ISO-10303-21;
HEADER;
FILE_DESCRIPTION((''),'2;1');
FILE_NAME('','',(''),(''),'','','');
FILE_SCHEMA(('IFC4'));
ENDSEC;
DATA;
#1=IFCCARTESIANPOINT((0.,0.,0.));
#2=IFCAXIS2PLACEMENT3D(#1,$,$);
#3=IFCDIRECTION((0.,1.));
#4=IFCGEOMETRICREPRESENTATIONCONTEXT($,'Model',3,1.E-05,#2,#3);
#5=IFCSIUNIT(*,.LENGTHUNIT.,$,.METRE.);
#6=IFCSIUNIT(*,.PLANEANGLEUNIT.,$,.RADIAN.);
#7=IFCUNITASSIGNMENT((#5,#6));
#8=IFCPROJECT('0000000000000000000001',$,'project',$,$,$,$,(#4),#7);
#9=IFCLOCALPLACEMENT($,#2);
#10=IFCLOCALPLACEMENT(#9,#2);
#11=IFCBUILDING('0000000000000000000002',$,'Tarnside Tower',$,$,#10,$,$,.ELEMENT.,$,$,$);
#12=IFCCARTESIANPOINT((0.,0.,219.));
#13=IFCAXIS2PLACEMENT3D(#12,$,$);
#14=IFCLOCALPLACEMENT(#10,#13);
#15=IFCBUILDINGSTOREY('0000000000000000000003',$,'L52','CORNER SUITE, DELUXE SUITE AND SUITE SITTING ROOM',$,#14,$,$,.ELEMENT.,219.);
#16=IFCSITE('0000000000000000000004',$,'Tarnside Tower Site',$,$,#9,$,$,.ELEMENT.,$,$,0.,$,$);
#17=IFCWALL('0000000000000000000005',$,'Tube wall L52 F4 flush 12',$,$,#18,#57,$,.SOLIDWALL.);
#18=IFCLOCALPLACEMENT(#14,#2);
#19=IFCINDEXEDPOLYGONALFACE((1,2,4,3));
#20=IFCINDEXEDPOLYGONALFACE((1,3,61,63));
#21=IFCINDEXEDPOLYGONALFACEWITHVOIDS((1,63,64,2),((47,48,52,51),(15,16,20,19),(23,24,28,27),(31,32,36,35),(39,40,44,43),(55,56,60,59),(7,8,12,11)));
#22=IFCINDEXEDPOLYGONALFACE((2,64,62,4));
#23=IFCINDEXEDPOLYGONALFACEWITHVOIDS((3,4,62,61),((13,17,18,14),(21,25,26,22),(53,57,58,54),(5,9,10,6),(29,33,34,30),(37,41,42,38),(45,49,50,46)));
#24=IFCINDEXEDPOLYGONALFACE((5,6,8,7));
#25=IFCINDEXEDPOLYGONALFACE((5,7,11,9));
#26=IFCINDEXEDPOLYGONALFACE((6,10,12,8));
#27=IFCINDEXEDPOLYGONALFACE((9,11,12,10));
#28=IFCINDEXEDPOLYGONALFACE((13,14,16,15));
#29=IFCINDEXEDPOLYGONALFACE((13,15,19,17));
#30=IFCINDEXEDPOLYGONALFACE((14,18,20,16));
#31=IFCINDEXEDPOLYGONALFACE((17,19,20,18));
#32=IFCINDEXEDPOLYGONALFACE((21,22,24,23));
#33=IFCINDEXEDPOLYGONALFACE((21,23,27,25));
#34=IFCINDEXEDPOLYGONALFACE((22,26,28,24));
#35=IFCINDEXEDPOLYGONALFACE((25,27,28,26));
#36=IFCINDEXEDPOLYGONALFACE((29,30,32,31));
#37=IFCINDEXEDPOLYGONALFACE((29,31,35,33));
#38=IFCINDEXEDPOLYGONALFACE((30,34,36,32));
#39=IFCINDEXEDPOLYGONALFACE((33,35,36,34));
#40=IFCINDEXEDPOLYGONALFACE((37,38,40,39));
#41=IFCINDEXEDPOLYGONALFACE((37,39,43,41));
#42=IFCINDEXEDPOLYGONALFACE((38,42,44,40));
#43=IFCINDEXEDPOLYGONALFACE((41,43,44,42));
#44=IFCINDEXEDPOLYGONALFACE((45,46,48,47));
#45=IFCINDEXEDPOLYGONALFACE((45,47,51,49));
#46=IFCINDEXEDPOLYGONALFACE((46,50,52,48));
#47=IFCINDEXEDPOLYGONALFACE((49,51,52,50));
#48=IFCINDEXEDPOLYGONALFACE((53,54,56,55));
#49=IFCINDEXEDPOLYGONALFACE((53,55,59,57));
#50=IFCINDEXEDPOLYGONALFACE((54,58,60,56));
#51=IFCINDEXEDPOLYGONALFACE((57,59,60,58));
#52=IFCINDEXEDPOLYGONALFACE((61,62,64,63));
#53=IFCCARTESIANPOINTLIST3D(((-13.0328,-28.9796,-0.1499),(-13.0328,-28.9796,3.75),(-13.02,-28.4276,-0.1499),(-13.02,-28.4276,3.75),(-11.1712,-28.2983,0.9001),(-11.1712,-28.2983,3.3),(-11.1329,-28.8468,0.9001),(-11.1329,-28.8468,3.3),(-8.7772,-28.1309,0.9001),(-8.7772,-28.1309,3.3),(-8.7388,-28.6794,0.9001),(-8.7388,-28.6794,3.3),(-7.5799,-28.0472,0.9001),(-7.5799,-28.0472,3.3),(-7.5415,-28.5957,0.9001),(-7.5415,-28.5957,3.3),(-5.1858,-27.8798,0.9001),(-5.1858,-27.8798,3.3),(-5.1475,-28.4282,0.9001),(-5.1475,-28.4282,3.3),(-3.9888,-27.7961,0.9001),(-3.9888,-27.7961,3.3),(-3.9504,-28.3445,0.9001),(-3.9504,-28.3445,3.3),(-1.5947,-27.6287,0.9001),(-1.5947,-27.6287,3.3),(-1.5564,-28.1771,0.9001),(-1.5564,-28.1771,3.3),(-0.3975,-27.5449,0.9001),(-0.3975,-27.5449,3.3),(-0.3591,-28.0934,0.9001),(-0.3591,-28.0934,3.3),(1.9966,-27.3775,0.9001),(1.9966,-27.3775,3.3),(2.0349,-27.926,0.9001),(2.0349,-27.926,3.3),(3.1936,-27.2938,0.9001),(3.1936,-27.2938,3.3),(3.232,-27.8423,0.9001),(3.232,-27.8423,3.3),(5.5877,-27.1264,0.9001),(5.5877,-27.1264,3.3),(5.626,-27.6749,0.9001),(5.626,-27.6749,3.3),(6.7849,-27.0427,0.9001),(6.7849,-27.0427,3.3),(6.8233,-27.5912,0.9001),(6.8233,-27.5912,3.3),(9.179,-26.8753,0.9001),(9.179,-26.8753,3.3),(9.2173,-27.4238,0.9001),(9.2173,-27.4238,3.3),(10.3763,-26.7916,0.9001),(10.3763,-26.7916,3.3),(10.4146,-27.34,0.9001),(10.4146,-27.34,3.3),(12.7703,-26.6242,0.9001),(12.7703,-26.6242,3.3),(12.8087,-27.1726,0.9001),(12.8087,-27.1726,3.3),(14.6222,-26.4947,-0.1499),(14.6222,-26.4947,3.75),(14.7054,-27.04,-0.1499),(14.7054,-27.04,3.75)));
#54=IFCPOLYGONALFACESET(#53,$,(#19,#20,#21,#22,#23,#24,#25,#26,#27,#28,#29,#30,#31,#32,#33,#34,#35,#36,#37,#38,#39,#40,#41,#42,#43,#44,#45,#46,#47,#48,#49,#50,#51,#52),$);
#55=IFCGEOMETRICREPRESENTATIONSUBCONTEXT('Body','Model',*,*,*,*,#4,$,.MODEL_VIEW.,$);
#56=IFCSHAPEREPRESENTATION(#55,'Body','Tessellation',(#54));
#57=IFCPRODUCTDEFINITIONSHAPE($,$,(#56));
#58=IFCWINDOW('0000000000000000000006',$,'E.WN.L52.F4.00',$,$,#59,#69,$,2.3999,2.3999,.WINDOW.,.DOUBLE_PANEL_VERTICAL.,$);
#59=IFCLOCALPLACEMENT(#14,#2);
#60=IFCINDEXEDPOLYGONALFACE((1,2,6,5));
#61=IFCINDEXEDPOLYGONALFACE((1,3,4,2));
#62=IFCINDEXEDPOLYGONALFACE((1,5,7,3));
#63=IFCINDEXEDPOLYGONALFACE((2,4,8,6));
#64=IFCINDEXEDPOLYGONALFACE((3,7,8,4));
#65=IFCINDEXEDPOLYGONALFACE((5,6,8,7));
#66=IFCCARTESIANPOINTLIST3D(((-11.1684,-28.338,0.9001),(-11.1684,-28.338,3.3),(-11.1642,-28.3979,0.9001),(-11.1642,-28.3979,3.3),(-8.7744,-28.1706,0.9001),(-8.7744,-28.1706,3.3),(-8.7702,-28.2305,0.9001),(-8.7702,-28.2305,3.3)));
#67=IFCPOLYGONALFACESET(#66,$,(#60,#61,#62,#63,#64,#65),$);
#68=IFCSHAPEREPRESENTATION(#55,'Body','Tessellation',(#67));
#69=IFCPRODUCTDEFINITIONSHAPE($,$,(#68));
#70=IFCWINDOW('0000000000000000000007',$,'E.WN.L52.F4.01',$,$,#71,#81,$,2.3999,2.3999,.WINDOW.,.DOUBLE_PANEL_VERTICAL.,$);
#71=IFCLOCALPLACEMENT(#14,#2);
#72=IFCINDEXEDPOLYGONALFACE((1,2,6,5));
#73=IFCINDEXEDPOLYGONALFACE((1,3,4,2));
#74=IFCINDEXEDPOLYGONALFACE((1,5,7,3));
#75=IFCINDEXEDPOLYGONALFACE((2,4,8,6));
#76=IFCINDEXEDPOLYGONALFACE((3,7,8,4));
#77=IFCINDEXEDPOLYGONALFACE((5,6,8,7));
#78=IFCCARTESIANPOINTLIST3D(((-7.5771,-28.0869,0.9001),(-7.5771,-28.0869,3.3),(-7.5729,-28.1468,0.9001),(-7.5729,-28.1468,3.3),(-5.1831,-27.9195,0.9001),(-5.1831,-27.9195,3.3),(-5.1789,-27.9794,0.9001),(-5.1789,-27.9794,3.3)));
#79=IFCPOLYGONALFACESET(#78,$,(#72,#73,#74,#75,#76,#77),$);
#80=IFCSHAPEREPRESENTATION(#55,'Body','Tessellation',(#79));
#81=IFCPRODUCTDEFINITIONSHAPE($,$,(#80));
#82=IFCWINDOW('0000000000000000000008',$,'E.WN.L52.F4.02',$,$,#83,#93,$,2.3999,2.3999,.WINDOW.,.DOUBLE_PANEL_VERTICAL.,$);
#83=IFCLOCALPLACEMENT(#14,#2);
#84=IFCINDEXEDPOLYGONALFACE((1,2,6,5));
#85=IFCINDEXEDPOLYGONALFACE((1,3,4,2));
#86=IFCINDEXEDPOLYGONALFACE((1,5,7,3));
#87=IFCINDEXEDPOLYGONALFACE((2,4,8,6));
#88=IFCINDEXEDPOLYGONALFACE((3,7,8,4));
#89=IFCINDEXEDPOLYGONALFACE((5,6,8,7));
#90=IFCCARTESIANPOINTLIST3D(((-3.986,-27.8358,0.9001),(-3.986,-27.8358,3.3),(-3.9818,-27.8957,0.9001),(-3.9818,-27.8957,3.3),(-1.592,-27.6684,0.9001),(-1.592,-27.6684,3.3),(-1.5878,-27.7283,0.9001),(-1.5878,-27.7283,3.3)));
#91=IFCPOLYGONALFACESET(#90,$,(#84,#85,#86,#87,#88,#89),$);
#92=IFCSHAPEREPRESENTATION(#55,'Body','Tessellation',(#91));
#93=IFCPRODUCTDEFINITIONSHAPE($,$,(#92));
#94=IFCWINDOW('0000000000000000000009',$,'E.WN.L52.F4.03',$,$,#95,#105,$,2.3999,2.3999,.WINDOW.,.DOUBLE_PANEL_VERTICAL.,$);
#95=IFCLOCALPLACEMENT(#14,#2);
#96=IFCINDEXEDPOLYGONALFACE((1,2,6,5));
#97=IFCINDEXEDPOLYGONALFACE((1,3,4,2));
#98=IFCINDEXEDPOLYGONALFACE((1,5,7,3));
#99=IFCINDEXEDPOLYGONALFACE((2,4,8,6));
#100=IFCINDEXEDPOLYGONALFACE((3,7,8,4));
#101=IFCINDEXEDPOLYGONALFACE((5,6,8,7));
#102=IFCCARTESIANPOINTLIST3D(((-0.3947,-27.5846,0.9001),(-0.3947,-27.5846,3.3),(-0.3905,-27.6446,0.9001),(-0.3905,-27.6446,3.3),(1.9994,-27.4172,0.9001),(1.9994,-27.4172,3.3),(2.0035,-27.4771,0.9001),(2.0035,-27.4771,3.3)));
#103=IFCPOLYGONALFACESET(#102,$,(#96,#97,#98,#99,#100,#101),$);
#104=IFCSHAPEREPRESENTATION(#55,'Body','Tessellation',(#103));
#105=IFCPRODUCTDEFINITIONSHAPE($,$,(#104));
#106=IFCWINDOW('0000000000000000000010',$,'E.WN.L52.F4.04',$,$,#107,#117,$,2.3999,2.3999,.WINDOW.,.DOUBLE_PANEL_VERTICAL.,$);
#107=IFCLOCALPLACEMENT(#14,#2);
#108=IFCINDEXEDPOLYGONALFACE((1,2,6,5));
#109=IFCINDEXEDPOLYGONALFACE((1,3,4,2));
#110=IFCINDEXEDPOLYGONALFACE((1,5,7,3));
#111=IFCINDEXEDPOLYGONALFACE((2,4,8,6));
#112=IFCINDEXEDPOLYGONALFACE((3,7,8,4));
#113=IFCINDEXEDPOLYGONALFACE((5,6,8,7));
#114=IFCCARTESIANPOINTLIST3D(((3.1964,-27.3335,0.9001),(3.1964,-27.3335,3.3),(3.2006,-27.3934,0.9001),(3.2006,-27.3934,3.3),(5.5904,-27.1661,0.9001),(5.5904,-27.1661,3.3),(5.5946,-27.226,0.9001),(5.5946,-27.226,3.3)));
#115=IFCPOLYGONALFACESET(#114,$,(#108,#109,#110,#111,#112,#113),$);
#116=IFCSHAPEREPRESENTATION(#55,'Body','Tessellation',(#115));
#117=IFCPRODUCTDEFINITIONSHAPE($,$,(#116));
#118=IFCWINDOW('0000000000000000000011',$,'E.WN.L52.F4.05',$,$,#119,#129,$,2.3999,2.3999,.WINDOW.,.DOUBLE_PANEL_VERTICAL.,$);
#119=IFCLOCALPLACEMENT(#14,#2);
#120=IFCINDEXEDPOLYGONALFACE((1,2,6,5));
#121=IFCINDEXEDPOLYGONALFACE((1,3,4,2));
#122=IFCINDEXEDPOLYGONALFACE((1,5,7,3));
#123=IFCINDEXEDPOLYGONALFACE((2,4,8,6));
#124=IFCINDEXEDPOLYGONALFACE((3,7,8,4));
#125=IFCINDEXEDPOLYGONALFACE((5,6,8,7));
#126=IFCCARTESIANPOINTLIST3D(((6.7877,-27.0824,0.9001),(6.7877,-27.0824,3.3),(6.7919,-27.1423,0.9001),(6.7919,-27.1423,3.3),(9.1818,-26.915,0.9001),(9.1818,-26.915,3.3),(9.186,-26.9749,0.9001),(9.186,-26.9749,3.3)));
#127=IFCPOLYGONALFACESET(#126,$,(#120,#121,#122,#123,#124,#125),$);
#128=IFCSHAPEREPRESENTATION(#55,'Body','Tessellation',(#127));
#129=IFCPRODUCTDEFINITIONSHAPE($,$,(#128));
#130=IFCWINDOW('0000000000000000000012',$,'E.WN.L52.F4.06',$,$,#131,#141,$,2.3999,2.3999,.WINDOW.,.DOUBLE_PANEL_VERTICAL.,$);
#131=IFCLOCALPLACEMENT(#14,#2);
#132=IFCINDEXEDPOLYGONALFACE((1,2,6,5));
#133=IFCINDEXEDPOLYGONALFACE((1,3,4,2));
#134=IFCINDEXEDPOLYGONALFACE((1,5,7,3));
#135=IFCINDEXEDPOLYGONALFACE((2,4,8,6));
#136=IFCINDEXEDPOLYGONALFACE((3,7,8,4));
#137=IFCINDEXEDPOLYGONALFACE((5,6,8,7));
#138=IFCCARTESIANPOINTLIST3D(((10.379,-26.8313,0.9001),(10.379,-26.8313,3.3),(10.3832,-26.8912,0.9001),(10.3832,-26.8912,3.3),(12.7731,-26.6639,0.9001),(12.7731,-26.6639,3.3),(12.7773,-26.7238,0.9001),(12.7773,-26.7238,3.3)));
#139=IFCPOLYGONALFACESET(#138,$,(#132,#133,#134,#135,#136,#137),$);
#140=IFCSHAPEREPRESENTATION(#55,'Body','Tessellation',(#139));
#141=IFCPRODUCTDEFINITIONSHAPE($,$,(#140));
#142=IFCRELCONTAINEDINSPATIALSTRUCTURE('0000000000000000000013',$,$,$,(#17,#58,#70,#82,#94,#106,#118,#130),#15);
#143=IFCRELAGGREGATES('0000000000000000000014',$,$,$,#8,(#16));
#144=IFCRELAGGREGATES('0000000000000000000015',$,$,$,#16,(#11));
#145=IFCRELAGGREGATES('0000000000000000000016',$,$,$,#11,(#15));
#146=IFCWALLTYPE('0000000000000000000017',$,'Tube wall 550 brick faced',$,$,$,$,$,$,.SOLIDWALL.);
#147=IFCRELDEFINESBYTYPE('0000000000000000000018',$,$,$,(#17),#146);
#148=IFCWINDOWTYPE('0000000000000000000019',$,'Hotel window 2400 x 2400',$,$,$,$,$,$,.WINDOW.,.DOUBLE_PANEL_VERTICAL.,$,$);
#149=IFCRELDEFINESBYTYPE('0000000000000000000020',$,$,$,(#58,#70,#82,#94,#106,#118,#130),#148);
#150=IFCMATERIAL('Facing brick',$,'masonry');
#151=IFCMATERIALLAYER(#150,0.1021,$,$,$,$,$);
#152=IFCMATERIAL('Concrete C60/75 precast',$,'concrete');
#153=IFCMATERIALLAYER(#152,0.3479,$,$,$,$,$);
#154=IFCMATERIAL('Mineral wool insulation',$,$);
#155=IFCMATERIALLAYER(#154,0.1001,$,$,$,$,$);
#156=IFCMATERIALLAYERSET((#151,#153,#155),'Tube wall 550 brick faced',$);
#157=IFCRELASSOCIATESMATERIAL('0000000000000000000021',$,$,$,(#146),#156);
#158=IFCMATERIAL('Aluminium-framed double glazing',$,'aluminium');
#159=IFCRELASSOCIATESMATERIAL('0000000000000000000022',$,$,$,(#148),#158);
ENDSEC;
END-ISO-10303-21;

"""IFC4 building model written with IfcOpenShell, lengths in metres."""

from ifc_helpers import new_model, si_unit, direction, frame, frame_2d, origin, place, context, subcontext, project, spatial, polyline, rectangle, outline, extrude, material, layer, layer_set, type_object, element, fill, save


model = new_model("IFC4")

# Units and contexts
model_context = context("Model", 3, precision=1e-05, world=origin(), true_north=direction((0.0, 1.0)))
body_context = subcontext(model_context, "Body", "Model", "MODEL_VIEW")
ifc_project = project(units=[si_unit("LENGTHUNIT", "METRE"), si_unit("PLANEANGLEUNIT", "RADIAN")], contexts=[model_context])

# Site, building, storey
site_placement = place(None, origin())
site = spatial("IfcSite", under=ifc_project, at=site_placement, Name="Tarnside Tower Site", CompositionType="ELEMENT", RefElevation=0.0)
building_placement = place(site_placement, origin())
building = spatial("IfcBuilding", under=site, at=building_placement, Name="Tarnside Tower", CompositionType="ELEMENT")
storey_placement = place(building_placement, frame((0.0, 0.0, 219.0)))
storey = spatial("IfcBuildingStorey", under=building, at=storey_placement, Name="L52", Description="CORNER SUITE, DELUXE SUITE AND SUITE SITTING ROOM", CompositionType="ELEMENT", Elevation=219.0)

# Shared definitions
ifc_material_1 = material(Name="Facing brick", Category="masonry")
ifc_layer_1 = layer(ifc_material_1, 0.1021)
ifc_material_2 = material(Name="Concrete C60/75 precast", Category="concrete")
ifc_layer_2 = layer(ifc_material_2, 0.3479)
ifc_material_3 = material(Name="Mineral wool insulation")
ifc_layer_3 = layer(ifc_material_3, 0.1001)
ifc_layer_set_1 = layer_set([ifc_layer_1, ifc_layer_2, ifc_layer_3], Name="Tube wall 550 brick faced")
wall_type_1 = type_object("IfcWallType", Name="Tube wall 550 brick faced", PredefinedType="SOLIDWALL", material=ifc_layer_set_1)

# Wall, openings, windows
wall_1_placement = place(storey_placement, frame((-13.0264, -28.7036, -0.1499), z_axis=(0.0, 0.0, 1.0), x_axis=(0.997564, 0.069756, 0.0)))
wall_1 = element("IfcWall", 1, at=wall_1_placement, inside=storey, type_object=wall_type_1, Name="Tube wall L52 F4 flush 12", PredefinedType="SOLIDWALL", context=body_context, shape_type="SweptSolid", body=[
    extrude(outline(polyline([(-0.0256, -0.2749), (27.7803, -0.2749), (27.7354, 0.2749), (0.0256, 0.2749), (-0.0256, -0.2749)])), origin(), (0.0, 0.0, 1.0), 3.8999),
])
opening_1_placement = place(wall_1_placement, frame((1.8789, 0.0, 1.05)))
opening_1 = element("IfcOpeningElement", 2, at=opening_1_placement, cuts=wall_1, PredefinedType="OPENING", context=body_context, shape_type="SweptSolid", body=[
    extrude(rectangle(XDim=2.3999, YDim=2.3999, at=frame_2d((1.2, 1.2))), frame((0.0, 0.2852, 0.0), z_axis=(0.0, -1.0, 0.0), x_axis=(1.0, 0.0, 0.0)), (0.0, 0.0, 1.0), 0.5701),
])
opening_2_placement = place(wall_1_placement, frame((5.479, 0.0, 1.05)))
opening_2 = element("IfcOpeningElement", 3, at=opening_2_placement, cuts=wall_1, PredefinedType="OPENING", context=body_context, shape_type="SweptSolid", body=[
    extrude(rectangle(XDim=2.3999, YDim=2.3999, at=frame_2d((1.2, 1.2))), frame((0.0, 0.2852, 0.0), z_axis=(0.0, -1.0, 0.0), x_axis=(1.0, 0.0, 0.0)), (0.0, 0.0, 1.0), 0.5701),
])
opening_3_placement = place(wall_1_placement, frame((9.0789, 0.0, 1.05)))
opening_3 = element("IfcOpeningElement", 4, at=opening_3_placement, cuts=wall_1, PredefinedType="OPENING", context=body_context, shape_type="SweptSolid", body=[
    extrude(rectangle(XDim=2.3999, YDim=2.3999, at=frame_2d((1.2, 1.2))), frame((0.0, 0.2852, 0.0), z_axis=(0.0, -1.0, 0.0), x_axis=(1.0, 0.0, 0.0)), (0.0, 0.0, 1.0), 0.5701),
])
opening_4_placement = place(wall_1_placement, frame((12.679, 0.0, 1.05)))
opening_4 = element("IfcOpeningElement", 5, at=opening_4_placement, cuts=wall_1, PredefinedType="OPENING", context=body_context, shape_type="SweptSolid", body=[
    extrude(rectangle(XDim=2.3999, YDim=2.3999, at=frame_2d((1.2, 1.2))), frame((0.0, 0.2852, 0.0), z_axis=(0.0, -1.0, 0.0), x_axis=(1.0, 0.0, 0.0)), (0.0, 0.0, 1.0), 0.5701),
])
opening_5_placement = place(wall_1_placement, frame((16.2788, 0.0, 1.05)))
opening_5 = element("IfcOpeningElement", 6, at=opening_5_placement, cuts=wall_1, PredefinedType="OPENING", context=body_context, shape_type="SweptSolid", body=[
    extrude(rectangle(XDim=2.3999, YDim=2.3999, at=frame_2d((1.2, 1.2))), frame((0.0, 0.2852, 0.0), z_axis=(0.0, -1.0, 0.0), x_axis=(1.0, 0.0, 0.0)), (0.0, 0.0, 1.0), 0.5701),
])
opening_6_placement = place(wall_1_placement, frame((19.8789, 0.0, 1.05)))
opening_6 = element("IfcOpeningElement", 7, at=opening_6_placement, cuts=wall_1, PredefinedType="OPENING", context=body_context, shape_type="SweptSolid", body=[
    extrude(rectangle(XDim=2.3999, YDim=2.3999, at=frame_2d((1.2, 1.2))), frame((0.0, 0.2852, 0.0), z_axis=(0.0, -1.0, 0.0), x_axis=(1.0, 0.0, 0.0)), (0.0, 0.0, 1.0), 0.5701),
])
opening_7_placement = place(wall_1_placement, frame((23.479, 0.0, 1.05)))
opening_7 = element("IfcOpeningElement", 8, at=opening_7_placement, cuts=wall_1, PredefinedType="OPENING", context=body_context, shape_type="SweptSolid", body=[
    extrude(rectangle(XDim=2.3999, YDim=2.3999, at=frame_2d((1.2, 1.2))), frame((0.0, 0.2852, 0.0), z_axis=(0.0, -1.0, 0.0), x_axis=(1.0, 0.0, 0.0)), (0.0, 0.0, 1.0), 0.5701),
])
ifc_material_4 = material(Name="Aluminium-framed double glazing", Category="aluminium")
window_type = type_object("IfcWindowType", Name="Hotel window 2400 x 2400", PartitioningType="DOUBLE_PANEL_VERTICAL", PredefinedType="WINDOW", material=ifc_material_4)
window_1_placement = place(opening_1_placement, frame((0.0, 0.2051, 0.0)))
window_1 = element("IfcWindow", 9, at=window_1_placement, inside=storey, type_object=window_type, Name="E.WN.L52.F4.00", OverallHeight=2.3999, OverallWidth=2.3999, PartitioningType="DOUBLE_PANEL_VERTICAL", PredefinedType="WINDOW", context=body_context, shape_type="SweptSolid", body=[
    extrude(rectangle(XDim=2.3999, YDim=2.3999, at=frame_2d((1.2, 1.2))), frame((0.0, 0.03, 0.0), z_axis=(0.0, -1.0, 0.0), x_axis=(1.0, 0.0, 0.0)), (0.0, 0.0, 1.0), 0.0601),
])
fill(opening_1, window_1)
window_2_placement = place(opening_2_placement, frame((0.0, 0.2051, 0.0)))
window_2 = element("IfcWindow", 10, at=window_2_placement, inside=storey, type_object=window_type, Name="E.WN.L52.F4.01", OverallHeight=2.3999, OverallWidth=2.3999, PartitioningType="DOUBLE_PANEL_VERTICAL", PredefinedType="WINDOW", context=body_context, shape_type="SweptSolid", body=[
    extrude(rectangle(XDim=2.3999, YDim=2.3999, at=frame_2d((1.2, 1.2))), frame((0.0, 0.03, 0.0), z_axis=(0.0, -1.0, 0.0), x_axis=(1.0, 0.0, 0.0)), (0.0, 0.0, 1.0), 0.0601),
])
fill(opening_2, window_2)
window_3_placement = place(opening_3_placement, frame((0.0, 0.2051, 0.0)))
window_3 = element("IfcWindow", 11, at=window_3_placement, inside=storey, type_object=window_type, Name="E.WN.L52.F4.02", OverallHeight=2.3999, OverallWidth=2.3999, PartitioningType="DOUBLE_PANEL_VERTICAL", PredefinedType="WINDOW", context=body_context, shape_type="SweptSolid", body=[
    extrude(rectangle(XDim=2.3999, YDim=2.3999, at=frame_2d((1.2, 1.2))), frame((0.0, 0.03, 0.0), z_axis=(0.0, -1.0, 0.0), x_axis=(1.0, 0.0, 0.0)), (0.0, 0.0, 1.0), 0.0601),
])
fill(opening_3, window_3)
window_4_placement = place(opening_4_placement, frame((0.0, 0.2051, 0.0)))
window_4 = element("IfcWindow", 12, at=window_4_placement, inside=storey, type_object=window_type, Name="E.WN.L52.F4.03", OverallHeight=2.3999, OverallWidth=2.3999, PartitioningType="DOUBLE_PANEL_VERTICAL", PredefinedType="WINDOW", context=body_context, shape_type="SweptSolid", body=[
    extrude(rectangle(XDim=2.3999, YDim=2.3999, at=frame_2d((1.2, 1.2))), frame((0.0, 0.03, 0.0), z_axis=(0.0, -1.0, 0.0), x_axis=(1.0, 0.0, 0.0)), (0.0, 0.0, 1.0), 0.0601),
])
fill(opening_4, window_4)
window_5_placement = place(opening_5_placement, frame((0.0, 0.2051, 0.0)))
window_5 = element("IfcWindow", 13, at=window_5_placement, inside=storey, type_object=window_type, Name="E.WN.L52.F4.04", OverallHeight=2.3999, OverallWidth=2.3999, PartitioningType="DOUBLE_PANEL_VERTICAL", PredefinedType="WINDOW", context=body_context, shape_type="SweptSolid", body=[
    extrude(rectangle(XDim=2.3999, YDim=2.3999, at=frame_2d((1.2, 1.2))), frame((0.0, 0.03, 0.0), z_axis=(0.0, -1.0, 0.0), x_axis=(1.0, 0.0, 0.0)), (0.0, 0.0, 1.0), 0.0601),
])
fill(opening_5, window_5)
window_6_placement = place(opening_6_placement, frame((0.0, 0.2051, 0.0)))
window_6 = element("IfcWindow", 14, at=window_6_placement, inside=storey, type_object=window_type, Name="E.WN.L52.F4.05", OverallHeight=2.3999, OverallWidth=2.3999, PartitioningType="DOUBLE_PANEL_VERTICAL", PredefinedType="WINDOW", context=body_context, shape_type="SweptSolid", body=[
    extrude(rectangle(XDim=2.3999, YDim=2.3999, at=frame_2d((1.2, 1.2))), frame((0.0, 0.03, 0.0), z_axis=(0.0, -1.0, 0.0), x_axis=(1.0, 0.0, 0.0)), (0.0, 0.0, 1.0), 0.0601),
])
fill(opening_6, window_6)
window_7_placement = place(opening_7_placement, frame((0.0, 0.2051, 0.0)))
window_7 = element("IfcWindow", 15, at=window_7_placement, inside=storey, type_object=window_type, Name="E.WN.L52.F4.06", OverallHeight=2.3999, OverallWidth=2.3999, PartitioningType="DOUBLE_PANEL_VERTICAL", PredefinedType="WINDOW", context=body_context, shape_type="SweptSolid", body=[
    extrude(rectangle(XDim=2.3999, YDim=2.3999, at=frame_2d((1.2, 1.2))), frame((0.0, 0.03, 0.0), z_axis=(0.0, -1.0, 0.0), x_axis=(1.0, 0.0, 0.0)), (0.0, 0.0, 1.0), 0.0601),
])
fill(opening_7, window_7)

save(model, "model.ifc")
